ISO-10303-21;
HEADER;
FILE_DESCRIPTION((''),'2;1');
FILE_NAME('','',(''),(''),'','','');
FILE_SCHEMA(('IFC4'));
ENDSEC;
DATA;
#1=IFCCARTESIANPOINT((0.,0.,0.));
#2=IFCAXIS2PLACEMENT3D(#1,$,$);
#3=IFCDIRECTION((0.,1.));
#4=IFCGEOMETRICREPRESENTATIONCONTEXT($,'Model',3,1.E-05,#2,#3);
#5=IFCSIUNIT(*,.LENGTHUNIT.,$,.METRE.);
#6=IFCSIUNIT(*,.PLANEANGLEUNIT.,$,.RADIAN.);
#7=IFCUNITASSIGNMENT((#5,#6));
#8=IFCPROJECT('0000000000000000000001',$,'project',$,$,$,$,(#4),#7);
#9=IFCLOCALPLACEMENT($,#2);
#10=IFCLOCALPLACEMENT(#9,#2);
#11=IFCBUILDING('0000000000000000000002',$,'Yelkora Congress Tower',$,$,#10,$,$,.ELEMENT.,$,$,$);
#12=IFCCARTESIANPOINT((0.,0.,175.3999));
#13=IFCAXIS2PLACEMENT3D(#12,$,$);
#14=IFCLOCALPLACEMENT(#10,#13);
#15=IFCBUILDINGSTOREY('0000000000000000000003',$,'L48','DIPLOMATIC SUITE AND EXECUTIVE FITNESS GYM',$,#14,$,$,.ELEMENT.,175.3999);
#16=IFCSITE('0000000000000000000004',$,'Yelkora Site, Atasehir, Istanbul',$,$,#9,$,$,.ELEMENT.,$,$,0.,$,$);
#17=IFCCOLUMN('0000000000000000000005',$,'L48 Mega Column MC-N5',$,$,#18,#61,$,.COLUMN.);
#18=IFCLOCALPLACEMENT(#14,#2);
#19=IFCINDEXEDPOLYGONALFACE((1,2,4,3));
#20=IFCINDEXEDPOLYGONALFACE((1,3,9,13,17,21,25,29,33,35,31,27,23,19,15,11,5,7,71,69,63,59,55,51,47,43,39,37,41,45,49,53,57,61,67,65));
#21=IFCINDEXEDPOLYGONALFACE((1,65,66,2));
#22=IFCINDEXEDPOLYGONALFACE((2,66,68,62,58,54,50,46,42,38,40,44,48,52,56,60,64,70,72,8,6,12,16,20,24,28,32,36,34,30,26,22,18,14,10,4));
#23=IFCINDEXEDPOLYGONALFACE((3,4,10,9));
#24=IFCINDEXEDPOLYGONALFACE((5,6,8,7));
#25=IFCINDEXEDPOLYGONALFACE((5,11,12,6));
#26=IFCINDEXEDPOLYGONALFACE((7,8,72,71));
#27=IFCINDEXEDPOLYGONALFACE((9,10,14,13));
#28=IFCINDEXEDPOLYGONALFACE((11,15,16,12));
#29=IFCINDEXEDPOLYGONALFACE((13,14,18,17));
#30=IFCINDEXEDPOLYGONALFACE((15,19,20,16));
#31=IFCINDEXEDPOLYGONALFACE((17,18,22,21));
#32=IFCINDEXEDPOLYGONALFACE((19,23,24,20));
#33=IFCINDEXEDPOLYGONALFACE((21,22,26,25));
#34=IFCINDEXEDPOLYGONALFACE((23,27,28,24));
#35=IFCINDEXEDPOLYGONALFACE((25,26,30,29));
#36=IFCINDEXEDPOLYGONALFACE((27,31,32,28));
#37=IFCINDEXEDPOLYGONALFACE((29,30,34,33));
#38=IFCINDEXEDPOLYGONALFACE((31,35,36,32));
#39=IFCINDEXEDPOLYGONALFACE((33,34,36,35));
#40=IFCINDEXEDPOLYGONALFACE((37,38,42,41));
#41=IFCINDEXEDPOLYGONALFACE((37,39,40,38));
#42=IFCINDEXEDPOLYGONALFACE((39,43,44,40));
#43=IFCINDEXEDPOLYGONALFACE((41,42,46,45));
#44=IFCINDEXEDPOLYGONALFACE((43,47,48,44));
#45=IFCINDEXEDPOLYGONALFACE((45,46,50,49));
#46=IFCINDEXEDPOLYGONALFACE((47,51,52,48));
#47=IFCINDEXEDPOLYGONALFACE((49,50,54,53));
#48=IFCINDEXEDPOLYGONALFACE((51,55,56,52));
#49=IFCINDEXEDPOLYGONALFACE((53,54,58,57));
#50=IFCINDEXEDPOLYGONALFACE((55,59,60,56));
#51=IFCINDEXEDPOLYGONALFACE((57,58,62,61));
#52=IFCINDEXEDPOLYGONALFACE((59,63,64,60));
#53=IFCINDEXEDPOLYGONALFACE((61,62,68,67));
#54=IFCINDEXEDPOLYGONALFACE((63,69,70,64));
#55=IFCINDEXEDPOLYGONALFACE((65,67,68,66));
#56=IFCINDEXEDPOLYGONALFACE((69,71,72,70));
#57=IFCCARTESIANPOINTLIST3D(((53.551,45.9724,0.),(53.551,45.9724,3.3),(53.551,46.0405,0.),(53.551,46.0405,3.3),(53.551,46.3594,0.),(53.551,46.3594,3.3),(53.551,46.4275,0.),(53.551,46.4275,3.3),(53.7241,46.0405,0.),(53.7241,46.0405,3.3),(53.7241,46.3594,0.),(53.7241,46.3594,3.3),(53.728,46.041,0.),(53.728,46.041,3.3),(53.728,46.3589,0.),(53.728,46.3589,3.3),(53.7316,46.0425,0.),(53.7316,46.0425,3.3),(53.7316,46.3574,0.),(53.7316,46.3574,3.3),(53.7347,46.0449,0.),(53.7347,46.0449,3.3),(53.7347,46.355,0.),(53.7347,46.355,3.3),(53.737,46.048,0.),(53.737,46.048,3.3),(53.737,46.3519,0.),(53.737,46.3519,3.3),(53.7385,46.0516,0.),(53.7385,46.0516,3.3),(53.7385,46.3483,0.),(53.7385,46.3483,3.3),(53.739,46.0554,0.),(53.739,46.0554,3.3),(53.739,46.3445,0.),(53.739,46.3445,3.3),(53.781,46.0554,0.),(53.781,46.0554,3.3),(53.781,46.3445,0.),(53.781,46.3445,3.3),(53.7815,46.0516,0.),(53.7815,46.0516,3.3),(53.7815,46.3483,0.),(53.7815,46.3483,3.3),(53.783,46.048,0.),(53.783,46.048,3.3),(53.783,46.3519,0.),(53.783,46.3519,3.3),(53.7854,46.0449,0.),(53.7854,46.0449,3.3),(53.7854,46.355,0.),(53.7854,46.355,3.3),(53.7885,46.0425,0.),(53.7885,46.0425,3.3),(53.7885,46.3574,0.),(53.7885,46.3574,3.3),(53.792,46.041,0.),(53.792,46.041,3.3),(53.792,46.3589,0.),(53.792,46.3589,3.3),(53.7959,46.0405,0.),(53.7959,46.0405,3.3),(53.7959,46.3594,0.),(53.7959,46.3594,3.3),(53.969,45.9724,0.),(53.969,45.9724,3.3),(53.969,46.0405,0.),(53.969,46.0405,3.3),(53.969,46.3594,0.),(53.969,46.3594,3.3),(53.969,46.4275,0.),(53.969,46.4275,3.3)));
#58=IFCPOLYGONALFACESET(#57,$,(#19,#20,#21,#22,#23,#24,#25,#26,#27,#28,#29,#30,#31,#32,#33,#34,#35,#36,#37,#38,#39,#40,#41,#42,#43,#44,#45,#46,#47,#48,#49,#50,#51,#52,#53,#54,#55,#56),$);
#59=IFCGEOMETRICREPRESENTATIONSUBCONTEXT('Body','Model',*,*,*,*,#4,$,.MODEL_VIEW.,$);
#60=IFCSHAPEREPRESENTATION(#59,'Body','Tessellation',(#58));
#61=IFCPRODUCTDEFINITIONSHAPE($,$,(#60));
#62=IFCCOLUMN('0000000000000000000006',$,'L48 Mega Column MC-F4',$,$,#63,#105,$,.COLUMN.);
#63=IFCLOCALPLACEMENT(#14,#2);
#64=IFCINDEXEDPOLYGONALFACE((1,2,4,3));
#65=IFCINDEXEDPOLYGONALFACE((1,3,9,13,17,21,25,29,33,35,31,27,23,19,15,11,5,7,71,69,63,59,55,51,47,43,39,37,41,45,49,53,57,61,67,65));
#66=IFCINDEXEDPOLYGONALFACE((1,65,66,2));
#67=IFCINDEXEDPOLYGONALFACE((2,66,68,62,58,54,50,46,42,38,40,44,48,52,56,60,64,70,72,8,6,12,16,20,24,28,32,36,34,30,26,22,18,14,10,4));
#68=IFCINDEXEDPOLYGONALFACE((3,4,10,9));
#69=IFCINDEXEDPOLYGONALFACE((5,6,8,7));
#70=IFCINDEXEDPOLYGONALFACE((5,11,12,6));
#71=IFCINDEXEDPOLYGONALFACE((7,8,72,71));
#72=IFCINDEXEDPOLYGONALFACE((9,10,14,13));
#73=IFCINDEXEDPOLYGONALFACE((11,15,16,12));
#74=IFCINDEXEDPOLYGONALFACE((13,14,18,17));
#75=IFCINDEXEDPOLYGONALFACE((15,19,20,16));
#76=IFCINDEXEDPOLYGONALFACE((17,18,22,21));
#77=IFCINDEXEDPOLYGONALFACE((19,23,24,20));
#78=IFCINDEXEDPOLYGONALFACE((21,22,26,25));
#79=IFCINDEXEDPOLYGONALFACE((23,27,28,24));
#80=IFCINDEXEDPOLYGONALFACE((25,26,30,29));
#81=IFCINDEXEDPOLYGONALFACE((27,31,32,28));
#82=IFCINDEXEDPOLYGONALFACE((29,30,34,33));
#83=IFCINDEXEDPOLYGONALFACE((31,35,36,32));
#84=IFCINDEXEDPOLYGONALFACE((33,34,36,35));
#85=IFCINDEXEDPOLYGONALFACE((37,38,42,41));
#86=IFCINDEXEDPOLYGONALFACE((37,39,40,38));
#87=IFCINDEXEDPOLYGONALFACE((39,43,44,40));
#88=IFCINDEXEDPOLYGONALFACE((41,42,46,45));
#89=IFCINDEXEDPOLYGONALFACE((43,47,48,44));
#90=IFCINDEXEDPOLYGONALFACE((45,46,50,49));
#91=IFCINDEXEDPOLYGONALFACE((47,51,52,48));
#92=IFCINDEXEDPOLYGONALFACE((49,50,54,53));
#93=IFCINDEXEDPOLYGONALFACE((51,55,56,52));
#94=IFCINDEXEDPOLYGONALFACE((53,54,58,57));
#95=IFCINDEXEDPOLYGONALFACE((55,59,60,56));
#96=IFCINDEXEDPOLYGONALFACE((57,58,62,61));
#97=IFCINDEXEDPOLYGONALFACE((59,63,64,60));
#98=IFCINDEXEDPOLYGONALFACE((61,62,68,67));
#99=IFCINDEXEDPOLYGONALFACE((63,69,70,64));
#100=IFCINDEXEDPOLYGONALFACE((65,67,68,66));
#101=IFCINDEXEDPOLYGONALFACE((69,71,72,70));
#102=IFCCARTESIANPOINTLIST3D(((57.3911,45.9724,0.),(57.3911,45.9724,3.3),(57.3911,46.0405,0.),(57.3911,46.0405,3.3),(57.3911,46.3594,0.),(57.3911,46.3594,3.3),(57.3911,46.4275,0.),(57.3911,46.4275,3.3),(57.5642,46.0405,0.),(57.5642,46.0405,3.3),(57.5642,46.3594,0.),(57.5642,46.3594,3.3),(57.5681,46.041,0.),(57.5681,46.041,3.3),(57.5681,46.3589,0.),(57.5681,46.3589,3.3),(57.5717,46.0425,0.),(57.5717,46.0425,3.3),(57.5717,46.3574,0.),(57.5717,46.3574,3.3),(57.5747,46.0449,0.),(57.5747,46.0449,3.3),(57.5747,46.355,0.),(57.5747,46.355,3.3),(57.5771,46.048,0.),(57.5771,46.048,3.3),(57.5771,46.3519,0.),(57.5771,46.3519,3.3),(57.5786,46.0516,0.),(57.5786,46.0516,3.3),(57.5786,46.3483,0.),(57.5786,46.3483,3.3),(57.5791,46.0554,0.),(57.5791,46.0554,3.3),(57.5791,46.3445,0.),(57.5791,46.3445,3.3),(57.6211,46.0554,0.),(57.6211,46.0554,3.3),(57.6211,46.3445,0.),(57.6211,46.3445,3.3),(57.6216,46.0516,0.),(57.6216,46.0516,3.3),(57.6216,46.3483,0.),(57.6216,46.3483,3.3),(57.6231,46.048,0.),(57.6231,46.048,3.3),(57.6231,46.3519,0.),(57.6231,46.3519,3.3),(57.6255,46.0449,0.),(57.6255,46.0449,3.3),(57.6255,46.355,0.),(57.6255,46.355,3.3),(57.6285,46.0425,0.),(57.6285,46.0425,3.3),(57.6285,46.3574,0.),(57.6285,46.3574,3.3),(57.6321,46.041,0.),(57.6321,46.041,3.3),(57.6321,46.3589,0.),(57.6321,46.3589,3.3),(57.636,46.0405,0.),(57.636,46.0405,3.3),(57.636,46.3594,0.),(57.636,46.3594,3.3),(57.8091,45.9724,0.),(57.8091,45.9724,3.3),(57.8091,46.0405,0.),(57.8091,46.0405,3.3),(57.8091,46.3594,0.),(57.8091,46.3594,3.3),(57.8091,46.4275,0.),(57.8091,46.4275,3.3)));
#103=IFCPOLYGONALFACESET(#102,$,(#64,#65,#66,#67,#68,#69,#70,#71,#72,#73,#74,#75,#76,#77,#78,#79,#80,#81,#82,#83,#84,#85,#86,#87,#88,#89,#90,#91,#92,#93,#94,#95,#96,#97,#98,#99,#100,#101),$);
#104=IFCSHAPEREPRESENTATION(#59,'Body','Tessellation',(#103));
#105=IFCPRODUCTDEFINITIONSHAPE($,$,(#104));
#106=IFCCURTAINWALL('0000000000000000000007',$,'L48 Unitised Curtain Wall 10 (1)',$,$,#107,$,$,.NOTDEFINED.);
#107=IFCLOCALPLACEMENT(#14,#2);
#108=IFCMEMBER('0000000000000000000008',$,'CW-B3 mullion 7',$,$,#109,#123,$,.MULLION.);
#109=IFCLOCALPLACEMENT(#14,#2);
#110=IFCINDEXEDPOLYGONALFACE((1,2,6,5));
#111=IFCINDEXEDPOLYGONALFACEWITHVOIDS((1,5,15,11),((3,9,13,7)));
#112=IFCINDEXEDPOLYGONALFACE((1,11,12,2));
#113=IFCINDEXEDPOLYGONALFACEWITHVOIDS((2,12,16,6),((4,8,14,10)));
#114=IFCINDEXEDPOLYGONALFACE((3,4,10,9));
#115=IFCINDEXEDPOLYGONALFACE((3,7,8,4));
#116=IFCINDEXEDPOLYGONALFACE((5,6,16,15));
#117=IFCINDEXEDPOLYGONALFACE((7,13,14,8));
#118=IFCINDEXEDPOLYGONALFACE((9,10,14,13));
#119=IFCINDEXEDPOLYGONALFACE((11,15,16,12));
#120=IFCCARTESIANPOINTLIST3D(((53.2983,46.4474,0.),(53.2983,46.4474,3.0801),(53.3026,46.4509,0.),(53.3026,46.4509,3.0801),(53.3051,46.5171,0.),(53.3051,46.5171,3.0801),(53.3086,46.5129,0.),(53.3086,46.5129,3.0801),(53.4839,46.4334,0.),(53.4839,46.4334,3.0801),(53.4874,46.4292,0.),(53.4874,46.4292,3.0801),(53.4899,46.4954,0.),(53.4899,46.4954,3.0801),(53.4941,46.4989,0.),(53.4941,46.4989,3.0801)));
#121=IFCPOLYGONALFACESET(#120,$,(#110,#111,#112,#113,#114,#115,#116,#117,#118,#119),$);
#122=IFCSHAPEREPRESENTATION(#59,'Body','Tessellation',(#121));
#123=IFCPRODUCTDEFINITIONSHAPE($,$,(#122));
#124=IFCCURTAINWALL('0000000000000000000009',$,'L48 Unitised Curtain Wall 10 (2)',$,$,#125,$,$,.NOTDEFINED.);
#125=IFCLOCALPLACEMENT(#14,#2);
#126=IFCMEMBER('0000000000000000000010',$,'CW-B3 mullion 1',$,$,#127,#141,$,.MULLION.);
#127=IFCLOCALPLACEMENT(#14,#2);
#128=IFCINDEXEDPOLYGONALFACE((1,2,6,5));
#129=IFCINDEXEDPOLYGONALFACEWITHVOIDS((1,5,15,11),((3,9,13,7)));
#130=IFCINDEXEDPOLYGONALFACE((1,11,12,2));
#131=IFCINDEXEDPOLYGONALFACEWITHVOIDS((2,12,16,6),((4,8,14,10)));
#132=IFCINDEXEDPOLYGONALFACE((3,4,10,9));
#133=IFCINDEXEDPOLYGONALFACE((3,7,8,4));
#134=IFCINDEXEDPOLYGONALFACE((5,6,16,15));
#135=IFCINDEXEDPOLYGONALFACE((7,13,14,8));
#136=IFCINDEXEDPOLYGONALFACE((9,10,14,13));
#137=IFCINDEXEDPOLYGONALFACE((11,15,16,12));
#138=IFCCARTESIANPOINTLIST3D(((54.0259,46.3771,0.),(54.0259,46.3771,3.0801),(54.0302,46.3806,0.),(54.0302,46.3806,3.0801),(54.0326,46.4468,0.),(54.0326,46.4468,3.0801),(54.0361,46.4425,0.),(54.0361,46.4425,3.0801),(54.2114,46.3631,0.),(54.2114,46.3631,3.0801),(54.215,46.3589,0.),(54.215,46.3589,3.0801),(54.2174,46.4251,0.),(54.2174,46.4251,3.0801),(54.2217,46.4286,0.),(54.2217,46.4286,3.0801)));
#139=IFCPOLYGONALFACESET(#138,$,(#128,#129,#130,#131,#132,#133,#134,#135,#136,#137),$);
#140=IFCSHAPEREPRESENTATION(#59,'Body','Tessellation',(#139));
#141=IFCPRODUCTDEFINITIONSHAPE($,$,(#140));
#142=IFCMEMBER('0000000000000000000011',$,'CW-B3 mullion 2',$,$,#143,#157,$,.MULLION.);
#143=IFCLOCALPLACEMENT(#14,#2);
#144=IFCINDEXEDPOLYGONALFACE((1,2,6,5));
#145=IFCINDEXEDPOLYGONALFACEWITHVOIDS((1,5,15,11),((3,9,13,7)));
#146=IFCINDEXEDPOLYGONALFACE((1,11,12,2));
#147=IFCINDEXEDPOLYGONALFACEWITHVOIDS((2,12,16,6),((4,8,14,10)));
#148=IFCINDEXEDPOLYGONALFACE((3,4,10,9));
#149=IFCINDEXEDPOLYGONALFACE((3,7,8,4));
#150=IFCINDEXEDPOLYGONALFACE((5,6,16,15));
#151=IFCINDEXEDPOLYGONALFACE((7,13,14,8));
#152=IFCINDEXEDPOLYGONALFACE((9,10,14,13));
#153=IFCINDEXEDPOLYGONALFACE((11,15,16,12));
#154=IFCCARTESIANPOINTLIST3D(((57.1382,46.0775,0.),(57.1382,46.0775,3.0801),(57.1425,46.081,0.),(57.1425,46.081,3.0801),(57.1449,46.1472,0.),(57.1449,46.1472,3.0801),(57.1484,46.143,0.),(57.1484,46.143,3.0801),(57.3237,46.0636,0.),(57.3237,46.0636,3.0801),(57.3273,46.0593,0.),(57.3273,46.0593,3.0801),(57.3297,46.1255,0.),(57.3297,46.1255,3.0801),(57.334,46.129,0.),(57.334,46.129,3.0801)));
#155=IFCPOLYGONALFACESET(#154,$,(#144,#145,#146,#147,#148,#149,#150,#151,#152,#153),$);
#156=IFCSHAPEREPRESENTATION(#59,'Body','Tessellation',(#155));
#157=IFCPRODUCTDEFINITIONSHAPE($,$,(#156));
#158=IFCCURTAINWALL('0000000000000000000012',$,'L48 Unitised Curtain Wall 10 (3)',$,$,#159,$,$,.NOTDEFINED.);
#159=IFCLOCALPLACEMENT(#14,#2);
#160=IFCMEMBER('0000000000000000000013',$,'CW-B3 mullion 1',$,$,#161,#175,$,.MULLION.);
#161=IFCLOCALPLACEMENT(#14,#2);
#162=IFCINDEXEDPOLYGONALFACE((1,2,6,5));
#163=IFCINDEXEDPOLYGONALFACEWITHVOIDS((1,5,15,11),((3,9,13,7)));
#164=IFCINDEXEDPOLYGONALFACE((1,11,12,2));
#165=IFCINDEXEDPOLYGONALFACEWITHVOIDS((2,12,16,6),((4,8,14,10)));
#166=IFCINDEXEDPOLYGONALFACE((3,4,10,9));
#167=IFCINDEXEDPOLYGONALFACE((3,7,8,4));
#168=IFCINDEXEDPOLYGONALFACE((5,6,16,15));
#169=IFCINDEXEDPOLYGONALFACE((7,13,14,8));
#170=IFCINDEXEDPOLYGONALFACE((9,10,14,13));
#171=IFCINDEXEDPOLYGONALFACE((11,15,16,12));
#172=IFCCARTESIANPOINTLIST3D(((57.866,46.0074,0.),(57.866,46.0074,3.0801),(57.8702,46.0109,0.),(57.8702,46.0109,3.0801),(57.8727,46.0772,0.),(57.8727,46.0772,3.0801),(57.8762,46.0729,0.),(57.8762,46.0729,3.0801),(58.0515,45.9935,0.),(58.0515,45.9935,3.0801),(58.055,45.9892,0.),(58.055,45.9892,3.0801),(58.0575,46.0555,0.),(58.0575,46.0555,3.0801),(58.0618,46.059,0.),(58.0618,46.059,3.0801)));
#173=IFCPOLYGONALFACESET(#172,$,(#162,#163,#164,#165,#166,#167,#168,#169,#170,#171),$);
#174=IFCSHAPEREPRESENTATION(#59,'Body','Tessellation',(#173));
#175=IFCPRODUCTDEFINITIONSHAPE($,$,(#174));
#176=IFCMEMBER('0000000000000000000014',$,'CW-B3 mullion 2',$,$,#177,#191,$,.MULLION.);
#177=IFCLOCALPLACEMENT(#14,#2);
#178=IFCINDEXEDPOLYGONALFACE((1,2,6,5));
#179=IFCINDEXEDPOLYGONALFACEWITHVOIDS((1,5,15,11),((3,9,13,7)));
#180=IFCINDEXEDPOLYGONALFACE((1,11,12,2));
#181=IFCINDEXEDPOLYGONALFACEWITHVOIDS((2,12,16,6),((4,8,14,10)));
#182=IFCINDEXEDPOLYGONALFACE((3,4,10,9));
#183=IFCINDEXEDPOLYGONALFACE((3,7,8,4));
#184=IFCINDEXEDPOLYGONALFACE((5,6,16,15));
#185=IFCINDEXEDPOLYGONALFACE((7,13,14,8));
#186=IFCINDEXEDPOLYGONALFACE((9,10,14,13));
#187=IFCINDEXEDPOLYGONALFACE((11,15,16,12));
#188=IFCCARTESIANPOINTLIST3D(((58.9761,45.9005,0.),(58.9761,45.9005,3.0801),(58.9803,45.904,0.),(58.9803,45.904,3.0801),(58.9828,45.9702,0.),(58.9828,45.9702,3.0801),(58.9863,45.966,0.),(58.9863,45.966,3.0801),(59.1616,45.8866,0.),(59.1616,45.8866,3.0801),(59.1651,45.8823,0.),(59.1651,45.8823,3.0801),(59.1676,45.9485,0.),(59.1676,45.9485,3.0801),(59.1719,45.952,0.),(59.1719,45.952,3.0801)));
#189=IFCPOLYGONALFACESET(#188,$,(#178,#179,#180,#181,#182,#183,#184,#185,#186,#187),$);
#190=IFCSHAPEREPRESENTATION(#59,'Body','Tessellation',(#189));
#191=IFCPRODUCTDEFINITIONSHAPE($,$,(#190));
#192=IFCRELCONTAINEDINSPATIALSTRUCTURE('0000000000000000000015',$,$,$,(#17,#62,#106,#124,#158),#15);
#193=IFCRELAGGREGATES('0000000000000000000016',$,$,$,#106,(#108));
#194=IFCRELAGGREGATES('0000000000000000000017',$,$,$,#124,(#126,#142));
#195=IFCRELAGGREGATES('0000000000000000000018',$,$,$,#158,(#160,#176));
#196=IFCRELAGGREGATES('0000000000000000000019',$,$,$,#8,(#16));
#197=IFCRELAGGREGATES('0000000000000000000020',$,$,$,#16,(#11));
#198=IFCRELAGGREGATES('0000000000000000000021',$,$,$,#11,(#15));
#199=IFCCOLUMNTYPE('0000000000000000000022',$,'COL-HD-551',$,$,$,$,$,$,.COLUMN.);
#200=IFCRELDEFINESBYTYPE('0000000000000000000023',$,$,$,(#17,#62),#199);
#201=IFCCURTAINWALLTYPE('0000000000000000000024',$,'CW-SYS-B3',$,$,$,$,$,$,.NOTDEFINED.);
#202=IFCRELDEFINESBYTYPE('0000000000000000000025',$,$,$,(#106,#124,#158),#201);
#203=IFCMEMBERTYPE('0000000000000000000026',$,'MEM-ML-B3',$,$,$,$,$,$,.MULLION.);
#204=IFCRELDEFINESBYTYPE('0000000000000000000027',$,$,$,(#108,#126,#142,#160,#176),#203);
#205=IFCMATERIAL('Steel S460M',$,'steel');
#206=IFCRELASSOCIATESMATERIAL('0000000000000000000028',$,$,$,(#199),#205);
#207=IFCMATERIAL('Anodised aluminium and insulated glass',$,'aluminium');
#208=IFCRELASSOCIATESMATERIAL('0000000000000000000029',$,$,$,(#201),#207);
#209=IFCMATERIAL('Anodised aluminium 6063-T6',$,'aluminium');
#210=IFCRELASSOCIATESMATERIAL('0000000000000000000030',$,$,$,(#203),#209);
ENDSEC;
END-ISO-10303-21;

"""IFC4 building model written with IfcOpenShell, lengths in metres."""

from ifc_helpers import new_model, si_unit, direction, frame, origin, origin_2d, place, context, subcontext, project, spatial, hollow_rectangle, i_section, extrude, material, material_profile, profile_set, type_object, element, aggregate, save


model = new_model("IFC4")

# Units and contexts
model_context = context("Model", 3, precision=1e-05, world=origin(), true_north=direction((0.0, 1.0)))
body_context = subcontext(model_context, "Body", "Model", "MODEL_VIEW")
ifc_project = project(units=[si_unit("LENGTHUNIT", "METRE"), si_unit("PLANEANGLEUNIT", "RADIAN")], contexts=[model_context])

# Site, building, storey
site_placement = place(None, origin())
site = spatial("IfcSite", under=ifc_project, at=site_placement, Name="Yelkora Site, Atasehir, Istanbul", CompositionType="ELEMENT", RefElevation=0.0)
building_placement = place(site_placement, origin())
building = spatial("IfcBuilding", under=site, at=building_placement, Name="Yelkora Congress Tower", CompositionType="ELEMENT")
storey_placement = place(building_placement, frame((0.0, 0.0, 175.3999)))
storey = spatial("IfcBuildingStorey", under=building, at=storey_placement, Name="L48", Description="DIPLOMATIC SUITE AND EXECUTIVE FITNESS GYM", CompositionType="ELEMENT", Elevation=175.3999)

# Columns
ifc_material_1 = material(Name="Steel S460M", Category="steel")
ifc_material_profile_1 = material_profile(ifc_material_1, i_section(OverallWidth=0.418, OverallDepth=0.4551, WebThickness=0.042, FlangeThickness=0.0681, FilletRadius=0.0149, at=origin_2d()), Name="HD 400x551")
ifc_profile_set_1 = profile_set([ifc_material_profile_1], Name="Steel S460M")
column_type = type_object("IfcColumnType", Name="COL-HD-551", PredefinedType="COLUMN", material=ifc_profile_set_1)
for number, where, z_axis, x_axis, name in (
    (1, (53.76, 46.2, 0.0), (0.0, 0.0, 1.0), (1.0, 0.0, 0.0), "L48 Mega Column MC-N5"),
    (2, (57.6001, 46.2, 0.0), (0.0, 0.0, 1.0), (1.0, 0.0, 0.0), "L48 Mega Column MC-F4"),
):
    element("IfcColumn", number, at=place(storey_placement, frame(where, z_axis=z_axis, x_axis=x_axis)), inside=storey, type_object=column_type, Name=name, PredefinedType="COLUMN", context=body_context, shape_type="SweptSolid", body=[
        extrude(i_section(OverallWidth=0.418, OverallDepth=0.4551, WebThickness=0.042, FlangeThickness=0.0681, FilletRadius=0.0149, at=origin_2d()), origin(), (0.0, 0.0, 1.0), 3.3),
    ])

# Curtain wall, member
ifc_material_2 = material(Name="Anodised aluminium and insulated glass", Category="aluminium")
curtain_wall_type = type_object("IfcCurtainWallType", Name="CW-SYS-B3", PredefinedType="NOTDEFINED", material=ifc_material_2)
curtain_wall_1_placement = place(storey_placement, origin())
curtain_wall_1 = element("IfcCurtainWall", 3, at=curtain_wall_1_placement, inside=storey, type_object=curtain_wall_type, Name="L48 Unitised Curtain Wall 10 (1)", PredefinedType="NOTDEFINED")
ifc_material_3 = material(Name="Anodised aluminium 6063-T6", Category="aluminium")
ifc_material_profile_2 = material_profile(ifc_material_3, hollow_rectangle(XDim=0.0701, YDim=0.1899, WallThickness=0.0039, at=origin_2d()), Name="ALU 70x190x4")
ifc_profile_set_2 = profile_set([ifc_material_profile_2], Name="Anodised aluminium 6063-T6")
member_type_1 = type_object("IfcMemberType", Name="MEM-ML-B3", PredefinedType="MULLION", material=ifc_profile_set_2)
member_1_placement = place(storey_placement, frame((53.3962, 46.4731, 0.0), z_axis=(0.0, 0.0, 1.0), x_axis=(0.095845, 0.995396, 0.0)))
member_1 = element("IfcMember", 4, at=member_1_placement, type_object=member_type_1, Name="CW-B3 mullion 7", PredefinedType="MULLION", context=body_context, shape_type="SweptSolid", body=[
    extrude(hollow_rectangle(XDim=0.0701, YDim=0.1899, WallThickness=0.0039, at=origin_2d()), origin(), (0.0, 0.0, 1.0), 3.0801),
])
aggregate(curtain_wall_1, [member_1])

# Curtain walls, members
curtain_wall_2_placement = place(storey_placement, origin())
curtain_wall_2 = element("IfcCurtainWall", 5, at=curtain_wall_2_placement, inside=storey, type_object=curtain_wall_type, Name="L48 Unitised Curtain Wall 10 (2)", PredefinedType="NOTDEFINED")
member_2_placement = place(storey_placement, frame((54.1238, 46.4028, 0.0), z_axis=(0.0, 0.0, 1.0), x_axis=(0.095848, 0.995396, 0.0)))
member_2 = element("IfcMember", 6, at=member_2_placement, type_object=member_type_1, Name="CW-B3 mullion 1", PredefinedType="MULLION", context=body_context, shape_type="SweptSolid", body=[
    extrude(hollow_rectangle(XDim=0.0701, YDim=0.1899, WallThickness=0.0039, at=origin_2d()), origin(), (0.0, 0.0, 1.0), 3.0801),
])
member_3_placement = place(storey_placement, frame((57.2361, 46.1033, 0.0), z_axis=(0.0, 0.0, 1.0), x_axis=(0.095848, 0.995396, 0.0)))
member_3 = element("IfcMember", 7, at=member_3_placement, type_object=member_type_1, Name="CW-B3 mullion 2", PredefinedType="MULLION", context=body_context, shape_type="SweptSolid", body=[
    extrude(hollow_rectangle(XDim=0.0701, YDim=0.1899, WallThickness=0.0039, at=origin_2d()), origin(), (0.0, 0.0, 1.0), 3.0801),
])
curtain_wall_3_placement = place(storey_placement, origin())
curtain_wall_3 = element("IfcCurtainWall", 8, at=curtain_wall_3_placement, inside=storey, type_object=curtain_wall_type, Name="L48 Unitised Curtain Wall 10 (3)", PredefinedType="NOTDEFINED")
member_4_placement = place(storey_placement, frame((57.9639, 46.0332, 0.0), z_axis=(0.0, 0.0, 1.0), x_axis=(0.095852, 0.995396, 0.0)))
member_4 = element("IfcMember", 9, at=member_4_placement, type_object=member_type_1, Name="CW-B3 mullion 1", PredefinedType="MULLION", context=body_context, shape_type="SweptSolid", body=[
    extrude(hollow_rectangle(XDim=0.0701, YDim=0.1899, WallThickness=0.0039, at=origin_2d()), origin(), (0.0, 0.0, 1.0), 3.0801),
])
member_5_placement = place(storey_placement, frame((59.074, 45.9263, 0.0), z_axis=(0.0, 0.0, 1.0), x_axis=(0.095852, 0.995396, 0.0)))
member_5 = element("IfcMember", 10, at=member_5_placement, type_object=member_type_1, Name="CW-B3 mullion 2", PredefinedType="MULLION", context=body_context, shape_type="SweptSolid", body=[
    extrude(hollow_rectangle(XDim=0.0701, YDim=0.1899, WallThickness=0.0039, at=origin_2d()), origin(), (0.0, 0.0, 1.0), 3.0801),
])

aggregate(curtain_wall_2, [member_2, member_3])
aggregate(curtain_wall_3, [member_4, member_5])

save(model, "model.ifc")
